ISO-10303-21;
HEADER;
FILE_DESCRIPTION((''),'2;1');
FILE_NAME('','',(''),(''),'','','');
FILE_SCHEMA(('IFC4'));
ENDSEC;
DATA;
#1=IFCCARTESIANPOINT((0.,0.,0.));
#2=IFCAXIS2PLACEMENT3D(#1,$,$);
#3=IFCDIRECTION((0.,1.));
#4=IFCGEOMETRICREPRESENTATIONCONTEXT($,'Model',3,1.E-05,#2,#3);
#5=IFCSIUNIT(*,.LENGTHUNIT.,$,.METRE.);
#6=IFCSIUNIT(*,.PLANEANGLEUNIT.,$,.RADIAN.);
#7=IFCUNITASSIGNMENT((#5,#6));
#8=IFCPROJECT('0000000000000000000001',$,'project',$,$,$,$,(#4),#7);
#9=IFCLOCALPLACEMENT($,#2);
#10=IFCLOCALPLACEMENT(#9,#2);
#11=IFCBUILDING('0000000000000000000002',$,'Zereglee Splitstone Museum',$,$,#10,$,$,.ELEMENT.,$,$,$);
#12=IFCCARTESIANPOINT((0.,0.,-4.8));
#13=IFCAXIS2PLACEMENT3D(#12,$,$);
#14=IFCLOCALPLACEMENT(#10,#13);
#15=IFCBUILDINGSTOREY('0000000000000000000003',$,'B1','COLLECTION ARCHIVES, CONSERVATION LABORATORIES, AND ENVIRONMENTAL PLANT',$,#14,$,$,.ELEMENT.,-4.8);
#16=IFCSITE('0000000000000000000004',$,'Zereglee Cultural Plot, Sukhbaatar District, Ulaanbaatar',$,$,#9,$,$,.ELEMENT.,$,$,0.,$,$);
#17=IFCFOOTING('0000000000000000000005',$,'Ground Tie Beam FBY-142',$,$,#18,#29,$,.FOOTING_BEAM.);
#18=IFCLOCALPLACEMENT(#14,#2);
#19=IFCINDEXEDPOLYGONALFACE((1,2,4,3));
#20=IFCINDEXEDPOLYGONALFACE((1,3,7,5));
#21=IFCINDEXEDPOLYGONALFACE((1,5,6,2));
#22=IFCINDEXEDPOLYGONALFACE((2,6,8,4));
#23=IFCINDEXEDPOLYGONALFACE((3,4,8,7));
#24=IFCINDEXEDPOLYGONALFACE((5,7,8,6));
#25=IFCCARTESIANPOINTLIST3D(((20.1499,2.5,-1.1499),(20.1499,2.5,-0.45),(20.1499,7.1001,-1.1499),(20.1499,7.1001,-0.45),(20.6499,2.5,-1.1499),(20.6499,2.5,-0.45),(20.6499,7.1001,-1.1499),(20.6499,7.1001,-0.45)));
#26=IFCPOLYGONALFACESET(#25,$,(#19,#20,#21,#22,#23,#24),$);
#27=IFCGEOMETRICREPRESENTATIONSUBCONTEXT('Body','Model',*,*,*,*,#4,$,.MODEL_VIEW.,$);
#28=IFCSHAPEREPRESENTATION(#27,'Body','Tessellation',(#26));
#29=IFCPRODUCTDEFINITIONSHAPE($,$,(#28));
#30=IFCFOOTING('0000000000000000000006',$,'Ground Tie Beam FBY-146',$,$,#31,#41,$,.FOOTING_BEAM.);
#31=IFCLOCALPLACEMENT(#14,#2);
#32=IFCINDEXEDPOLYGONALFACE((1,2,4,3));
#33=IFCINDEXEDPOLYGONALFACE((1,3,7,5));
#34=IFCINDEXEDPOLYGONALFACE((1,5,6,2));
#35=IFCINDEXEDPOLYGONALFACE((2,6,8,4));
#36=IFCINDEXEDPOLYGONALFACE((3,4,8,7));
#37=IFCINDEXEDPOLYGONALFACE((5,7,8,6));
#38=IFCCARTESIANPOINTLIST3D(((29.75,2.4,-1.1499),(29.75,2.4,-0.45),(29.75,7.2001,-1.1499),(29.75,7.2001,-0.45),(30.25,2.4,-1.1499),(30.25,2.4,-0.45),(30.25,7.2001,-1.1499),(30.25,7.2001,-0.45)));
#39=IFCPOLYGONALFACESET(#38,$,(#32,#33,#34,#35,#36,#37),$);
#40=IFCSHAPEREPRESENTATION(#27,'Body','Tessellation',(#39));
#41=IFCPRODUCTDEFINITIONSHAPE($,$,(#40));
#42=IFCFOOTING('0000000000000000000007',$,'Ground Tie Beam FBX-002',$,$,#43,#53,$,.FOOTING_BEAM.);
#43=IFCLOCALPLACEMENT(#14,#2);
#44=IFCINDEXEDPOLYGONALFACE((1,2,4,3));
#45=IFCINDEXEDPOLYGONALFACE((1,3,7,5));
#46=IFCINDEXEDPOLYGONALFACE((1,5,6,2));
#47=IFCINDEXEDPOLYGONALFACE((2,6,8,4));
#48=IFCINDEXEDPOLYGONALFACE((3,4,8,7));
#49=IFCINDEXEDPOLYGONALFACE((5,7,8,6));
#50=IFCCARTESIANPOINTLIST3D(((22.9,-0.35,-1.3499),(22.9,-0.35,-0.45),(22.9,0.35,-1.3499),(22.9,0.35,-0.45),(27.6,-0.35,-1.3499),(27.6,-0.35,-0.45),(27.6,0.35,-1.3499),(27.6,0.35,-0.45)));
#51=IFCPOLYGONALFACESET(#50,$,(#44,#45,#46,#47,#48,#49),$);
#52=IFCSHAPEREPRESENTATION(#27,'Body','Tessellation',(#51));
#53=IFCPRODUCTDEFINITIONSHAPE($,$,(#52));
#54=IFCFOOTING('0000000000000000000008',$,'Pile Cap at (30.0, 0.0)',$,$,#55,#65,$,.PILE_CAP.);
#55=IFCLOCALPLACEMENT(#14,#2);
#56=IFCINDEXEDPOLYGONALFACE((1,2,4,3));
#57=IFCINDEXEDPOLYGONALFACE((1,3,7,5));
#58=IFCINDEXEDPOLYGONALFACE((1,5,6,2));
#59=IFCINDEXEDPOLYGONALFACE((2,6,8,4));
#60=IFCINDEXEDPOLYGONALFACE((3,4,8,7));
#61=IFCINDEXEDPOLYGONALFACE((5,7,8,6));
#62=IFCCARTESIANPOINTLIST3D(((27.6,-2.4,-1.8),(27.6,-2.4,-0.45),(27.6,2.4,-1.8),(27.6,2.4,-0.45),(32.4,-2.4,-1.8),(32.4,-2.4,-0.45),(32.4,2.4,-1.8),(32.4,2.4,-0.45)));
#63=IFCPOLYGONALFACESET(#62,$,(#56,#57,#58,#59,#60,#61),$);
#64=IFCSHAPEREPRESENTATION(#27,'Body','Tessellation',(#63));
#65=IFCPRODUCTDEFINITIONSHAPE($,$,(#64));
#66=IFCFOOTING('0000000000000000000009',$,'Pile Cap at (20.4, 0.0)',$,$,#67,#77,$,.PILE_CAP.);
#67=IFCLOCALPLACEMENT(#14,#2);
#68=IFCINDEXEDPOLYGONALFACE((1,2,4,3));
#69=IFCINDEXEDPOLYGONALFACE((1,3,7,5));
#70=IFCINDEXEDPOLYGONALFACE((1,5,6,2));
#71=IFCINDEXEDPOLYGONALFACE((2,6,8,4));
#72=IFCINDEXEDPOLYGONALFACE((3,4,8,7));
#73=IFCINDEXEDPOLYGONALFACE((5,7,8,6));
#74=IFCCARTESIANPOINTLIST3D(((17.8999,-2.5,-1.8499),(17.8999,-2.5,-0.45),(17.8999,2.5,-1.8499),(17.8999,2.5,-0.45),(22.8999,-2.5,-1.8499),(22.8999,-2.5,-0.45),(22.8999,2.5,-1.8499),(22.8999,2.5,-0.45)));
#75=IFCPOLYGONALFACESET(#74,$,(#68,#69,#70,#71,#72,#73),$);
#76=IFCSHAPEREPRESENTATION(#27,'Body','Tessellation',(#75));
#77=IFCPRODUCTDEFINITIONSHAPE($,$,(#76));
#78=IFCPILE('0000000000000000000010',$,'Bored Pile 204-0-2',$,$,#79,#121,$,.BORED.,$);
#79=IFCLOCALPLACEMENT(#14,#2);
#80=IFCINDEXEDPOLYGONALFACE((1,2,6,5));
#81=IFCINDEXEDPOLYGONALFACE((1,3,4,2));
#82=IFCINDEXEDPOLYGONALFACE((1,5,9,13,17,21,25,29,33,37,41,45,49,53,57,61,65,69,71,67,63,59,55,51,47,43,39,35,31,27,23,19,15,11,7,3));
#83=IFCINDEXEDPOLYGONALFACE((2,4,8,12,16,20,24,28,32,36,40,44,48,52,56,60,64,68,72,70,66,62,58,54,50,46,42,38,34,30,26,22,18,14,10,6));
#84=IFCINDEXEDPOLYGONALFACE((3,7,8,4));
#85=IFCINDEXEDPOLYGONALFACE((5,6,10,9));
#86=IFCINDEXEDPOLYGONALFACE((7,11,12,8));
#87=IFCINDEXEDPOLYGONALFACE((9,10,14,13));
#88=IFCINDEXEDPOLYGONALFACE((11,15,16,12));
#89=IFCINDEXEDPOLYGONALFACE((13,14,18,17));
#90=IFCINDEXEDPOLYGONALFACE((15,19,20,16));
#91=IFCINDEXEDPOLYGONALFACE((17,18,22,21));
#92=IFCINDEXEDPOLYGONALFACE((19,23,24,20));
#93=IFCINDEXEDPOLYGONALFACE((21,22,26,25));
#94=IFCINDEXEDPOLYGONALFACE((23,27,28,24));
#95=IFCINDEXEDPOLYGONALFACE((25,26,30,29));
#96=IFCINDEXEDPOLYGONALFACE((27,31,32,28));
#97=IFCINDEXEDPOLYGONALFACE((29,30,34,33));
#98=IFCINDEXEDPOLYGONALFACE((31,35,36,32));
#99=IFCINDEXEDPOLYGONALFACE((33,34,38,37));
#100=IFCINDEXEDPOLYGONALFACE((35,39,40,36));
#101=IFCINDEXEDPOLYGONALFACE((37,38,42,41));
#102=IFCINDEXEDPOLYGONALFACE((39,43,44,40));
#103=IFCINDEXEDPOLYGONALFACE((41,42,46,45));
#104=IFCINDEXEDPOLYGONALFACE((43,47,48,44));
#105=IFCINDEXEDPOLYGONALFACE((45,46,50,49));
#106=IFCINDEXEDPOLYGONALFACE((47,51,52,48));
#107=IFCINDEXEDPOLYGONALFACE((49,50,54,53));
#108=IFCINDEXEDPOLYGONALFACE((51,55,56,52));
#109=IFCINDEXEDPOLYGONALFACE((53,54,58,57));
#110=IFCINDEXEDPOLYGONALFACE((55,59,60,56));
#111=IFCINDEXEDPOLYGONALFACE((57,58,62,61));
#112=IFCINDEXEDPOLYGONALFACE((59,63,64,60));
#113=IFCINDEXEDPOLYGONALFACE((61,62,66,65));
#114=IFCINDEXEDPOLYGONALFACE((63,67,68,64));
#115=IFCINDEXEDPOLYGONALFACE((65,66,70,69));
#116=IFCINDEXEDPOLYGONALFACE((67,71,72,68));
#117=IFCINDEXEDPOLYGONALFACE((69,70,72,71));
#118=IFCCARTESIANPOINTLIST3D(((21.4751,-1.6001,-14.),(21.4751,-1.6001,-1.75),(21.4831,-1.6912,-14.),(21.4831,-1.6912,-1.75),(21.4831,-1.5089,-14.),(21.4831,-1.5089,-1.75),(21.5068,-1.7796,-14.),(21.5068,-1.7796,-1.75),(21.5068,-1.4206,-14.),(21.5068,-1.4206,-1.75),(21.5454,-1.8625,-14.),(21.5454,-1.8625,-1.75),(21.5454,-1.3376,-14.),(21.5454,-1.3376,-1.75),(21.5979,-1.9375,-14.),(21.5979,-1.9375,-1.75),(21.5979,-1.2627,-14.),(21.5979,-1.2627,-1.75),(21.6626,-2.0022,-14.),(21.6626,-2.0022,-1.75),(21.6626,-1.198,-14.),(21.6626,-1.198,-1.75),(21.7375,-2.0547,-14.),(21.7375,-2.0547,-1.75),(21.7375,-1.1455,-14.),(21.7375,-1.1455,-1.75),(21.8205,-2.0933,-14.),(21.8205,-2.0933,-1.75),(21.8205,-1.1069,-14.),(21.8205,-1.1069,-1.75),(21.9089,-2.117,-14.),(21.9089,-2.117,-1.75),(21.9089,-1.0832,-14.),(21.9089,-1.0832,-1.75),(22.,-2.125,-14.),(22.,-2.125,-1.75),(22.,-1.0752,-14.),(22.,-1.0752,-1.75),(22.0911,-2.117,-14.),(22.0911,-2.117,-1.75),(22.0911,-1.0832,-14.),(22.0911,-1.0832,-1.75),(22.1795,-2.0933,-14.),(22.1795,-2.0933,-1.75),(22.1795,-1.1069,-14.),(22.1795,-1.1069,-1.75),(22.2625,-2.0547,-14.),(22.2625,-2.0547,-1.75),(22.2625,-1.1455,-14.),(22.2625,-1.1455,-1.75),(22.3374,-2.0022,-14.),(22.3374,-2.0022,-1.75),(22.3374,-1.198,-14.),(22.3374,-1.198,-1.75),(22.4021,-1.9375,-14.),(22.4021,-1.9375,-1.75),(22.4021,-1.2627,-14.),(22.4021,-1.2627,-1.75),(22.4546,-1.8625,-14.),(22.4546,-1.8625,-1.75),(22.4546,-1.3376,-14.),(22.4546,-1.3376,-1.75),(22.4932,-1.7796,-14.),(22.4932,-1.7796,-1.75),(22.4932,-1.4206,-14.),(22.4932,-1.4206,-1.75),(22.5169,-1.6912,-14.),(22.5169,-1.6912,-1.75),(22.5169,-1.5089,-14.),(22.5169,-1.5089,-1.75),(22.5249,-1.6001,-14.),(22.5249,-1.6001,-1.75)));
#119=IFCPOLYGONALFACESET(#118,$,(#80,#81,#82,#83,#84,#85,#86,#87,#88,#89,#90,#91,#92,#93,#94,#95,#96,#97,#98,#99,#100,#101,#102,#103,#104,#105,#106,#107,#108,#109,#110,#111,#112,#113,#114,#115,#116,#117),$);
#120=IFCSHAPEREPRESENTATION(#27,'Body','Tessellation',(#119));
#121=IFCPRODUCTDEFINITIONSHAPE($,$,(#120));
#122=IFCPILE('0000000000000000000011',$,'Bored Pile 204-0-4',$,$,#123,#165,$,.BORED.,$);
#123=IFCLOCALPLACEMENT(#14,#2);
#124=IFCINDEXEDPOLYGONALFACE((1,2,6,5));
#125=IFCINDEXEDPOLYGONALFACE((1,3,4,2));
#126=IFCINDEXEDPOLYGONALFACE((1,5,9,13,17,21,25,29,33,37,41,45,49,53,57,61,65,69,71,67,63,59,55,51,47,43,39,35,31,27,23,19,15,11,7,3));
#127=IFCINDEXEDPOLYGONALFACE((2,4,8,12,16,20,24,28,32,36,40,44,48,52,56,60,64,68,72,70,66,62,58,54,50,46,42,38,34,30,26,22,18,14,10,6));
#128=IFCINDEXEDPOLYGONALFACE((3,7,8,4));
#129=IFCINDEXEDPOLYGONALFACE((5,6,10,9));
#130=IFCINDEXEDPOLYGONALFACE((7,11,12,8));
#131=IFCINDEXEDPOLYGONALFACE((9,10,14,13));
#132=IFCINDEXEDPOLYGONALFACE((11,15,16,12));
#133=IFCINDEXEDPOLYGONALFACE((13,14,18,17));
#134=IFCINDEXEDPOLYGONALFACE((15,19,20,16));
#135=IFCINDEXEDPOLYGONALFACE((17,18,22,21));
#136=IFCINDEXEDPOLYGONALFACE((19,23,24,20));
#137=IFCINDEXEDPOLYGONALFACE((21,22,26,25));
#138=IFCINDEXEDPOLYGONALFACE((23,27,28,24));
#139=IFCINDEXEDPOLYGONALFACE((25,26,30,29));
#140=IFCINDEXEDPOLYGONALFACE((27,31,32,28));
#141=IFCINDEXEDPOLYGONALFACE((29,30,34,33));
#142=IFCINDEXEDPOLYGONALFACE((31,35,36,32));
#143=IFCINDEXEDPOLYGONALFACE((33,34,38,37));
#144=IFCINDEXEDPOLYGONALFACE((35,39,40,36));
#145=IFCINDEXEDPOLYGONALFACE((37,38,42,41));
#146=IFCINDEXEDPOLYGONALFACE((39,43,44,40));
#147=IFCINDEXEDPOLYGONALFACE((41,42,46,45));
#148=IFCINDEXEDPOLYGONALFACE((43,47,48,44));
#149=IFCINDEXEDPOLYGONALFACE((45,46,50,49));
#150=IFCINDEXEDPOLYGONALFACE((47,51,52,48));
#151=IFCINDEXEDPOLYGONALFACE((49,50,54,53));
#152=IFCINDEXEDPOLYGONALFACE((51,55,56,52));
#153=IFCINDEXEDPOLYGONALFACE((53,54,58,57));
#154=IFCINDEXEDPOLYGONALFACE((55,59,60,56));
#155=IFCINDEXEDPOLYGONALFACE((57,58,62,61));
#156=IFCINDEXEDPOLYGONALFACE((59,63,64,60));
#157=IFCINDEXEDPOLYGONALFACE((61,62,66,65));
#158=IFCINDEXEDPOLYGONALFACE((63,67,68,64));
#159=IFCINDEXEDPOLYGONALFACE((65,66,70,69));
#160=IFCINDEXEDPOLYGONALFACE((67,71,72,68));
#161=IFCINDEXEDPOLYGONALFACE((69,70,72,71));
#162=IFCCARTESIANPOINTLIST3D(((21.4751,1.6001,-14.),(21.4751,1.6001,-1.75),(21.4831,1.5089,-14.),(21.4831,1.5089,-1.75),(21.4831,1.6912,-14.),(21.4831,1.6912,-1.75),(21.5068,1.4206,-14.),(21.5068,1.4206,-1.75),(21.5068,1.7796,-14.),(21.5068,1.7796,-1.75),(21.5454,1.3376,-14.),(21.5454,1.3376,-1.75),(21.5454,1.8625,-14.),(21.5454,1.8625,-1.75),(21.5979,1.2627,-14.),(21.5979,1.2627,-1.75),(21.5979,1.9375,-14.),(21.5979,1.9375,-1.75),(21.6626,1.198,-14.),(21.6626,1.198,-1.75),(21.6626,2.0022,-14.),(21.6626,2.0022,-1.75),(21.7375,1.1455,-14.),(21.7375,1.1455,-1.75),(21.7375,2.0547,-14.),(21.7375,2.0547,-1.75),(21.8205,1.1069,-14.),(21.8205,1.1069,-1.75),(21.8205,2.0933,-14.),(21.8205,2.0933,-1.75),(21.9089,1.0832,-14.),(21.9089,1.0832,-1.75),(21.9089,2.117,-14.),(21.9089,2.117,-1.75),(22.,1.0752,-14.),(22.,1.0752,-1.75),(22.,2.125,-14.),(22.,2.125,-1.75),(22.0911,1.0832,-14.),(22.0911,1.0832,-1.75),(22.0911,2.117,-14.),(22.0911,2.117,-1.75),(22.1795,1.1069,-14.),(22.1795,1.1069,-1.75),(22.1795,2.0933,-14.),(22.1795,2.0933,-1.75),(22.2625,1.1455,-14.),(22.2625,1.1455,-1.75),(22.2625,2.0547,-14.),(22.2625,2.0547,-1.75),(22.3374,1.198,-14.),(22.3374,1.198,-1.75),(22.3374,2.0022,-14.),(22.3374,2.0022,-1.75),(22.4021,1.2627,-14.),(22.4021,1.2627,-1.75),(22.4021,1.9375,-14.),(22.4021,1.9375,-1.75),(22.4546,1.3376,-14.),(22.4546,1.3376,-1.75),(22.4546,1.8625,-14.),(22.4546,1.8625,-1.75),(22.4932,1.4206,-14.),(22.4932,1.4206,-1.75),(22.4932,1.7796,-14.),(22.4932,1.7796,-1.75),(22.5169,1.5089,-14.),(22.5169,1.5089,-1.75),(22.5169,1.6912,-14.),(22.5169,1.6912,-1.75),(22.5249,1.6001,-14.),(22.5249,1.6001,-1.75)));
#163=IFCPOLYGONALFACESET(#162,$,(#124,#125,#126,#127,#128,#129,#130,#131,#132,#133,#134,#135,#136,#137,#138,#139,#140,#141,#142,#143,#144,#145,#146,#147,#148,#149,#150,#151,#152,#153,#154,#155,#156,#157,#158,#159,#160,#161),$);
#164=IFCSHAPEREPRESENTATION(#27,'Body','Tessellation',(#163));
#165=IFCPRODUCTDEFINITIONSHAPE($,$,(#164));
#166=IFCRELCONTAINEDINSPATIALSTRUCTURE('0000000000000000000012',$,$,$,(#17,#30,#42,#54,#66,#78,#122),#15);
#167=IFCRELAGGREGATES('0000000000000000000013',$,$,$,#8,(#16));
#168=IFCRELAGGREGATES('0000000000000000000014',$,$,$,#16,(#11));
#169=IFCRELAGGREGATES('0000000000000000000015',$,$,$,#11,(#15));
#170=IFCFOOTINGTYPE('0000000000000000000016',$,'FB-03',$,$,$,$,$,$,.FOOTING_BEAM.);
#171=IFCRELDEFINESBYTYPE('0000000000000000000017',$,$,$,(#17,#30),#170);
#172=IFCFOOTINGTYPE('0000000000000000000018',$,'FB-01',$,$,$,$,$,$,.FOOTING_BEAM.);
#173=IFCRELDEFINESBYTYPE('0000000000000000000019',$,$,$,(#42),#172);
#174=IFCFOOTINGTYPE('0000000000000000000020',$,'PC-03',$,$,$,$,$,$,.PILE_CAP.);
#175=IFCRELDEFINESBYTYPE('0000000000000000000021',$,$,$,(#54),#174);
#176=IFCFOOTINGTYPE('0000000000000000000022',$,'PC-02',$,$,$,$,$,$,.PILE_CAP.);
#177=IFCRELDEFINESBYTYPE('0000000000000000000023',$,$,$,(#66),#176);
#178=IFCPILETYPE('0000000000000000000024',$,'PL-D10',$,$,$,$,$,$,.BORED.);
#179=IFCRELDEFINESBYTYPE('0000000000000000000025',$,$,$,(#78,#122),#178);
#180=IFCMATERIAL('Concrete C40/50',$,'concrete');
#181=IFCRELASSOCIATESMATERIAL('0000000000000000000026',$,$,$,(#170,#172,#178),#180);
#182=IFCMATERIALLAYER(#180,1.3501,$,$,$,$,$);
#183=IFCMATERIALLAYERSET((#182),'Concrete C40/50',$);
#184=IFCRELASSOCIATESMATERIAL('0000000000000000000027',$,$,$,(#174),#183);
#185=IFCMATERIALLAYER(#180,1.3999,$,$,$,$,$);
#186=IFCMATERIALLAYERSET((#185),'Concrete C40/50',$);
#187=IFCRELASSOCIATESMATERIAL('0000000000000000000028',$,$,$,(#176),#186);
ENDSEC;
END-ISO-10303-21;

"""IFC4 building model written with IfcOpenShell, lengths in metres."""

from ifc_helpers import new_model, si_unit, direction, frame, origin, origin_2d, place, context, subcontext, project, spatial, rectangle, circle, extrude, material, layer, layer_set, material_profile, profile_set, type_object, element, save


model = new_model("IFC4")

# Units and contexts
model_context = context("Model", 3, precision=1e-05, world=origin(), true_north=direction((0.0, 1.0)))
body_context = subcontext(model_context, "Body", "Model", "MODEL_VIEW")
ifc_project = project(units=[si_unit("LENGTHUNIT", "METRE"), si_unit("PLANEANGLEUNIT", "RADIAN")], contexts=[model_context])

# Site, building, storey
site_placement = place(None, origin())
site = spatial("IfcSite", under=ifc_project, at=site_placement, Name="Zereglee Cultural Plot, Sukhbaatar District, Ulaanbaatar", CompositionType="ELEMENT", RefElevation=0.0)
building_placement = place(site_placement, origin())
building = spatial("IfcBuilding", under=site, at=building_placement, Name="Zereglee Splitstone Museum", CompositionType="ELEMENT")
storey_placement = place(building_placement, frame((0.0, 0.0, -4.8)))
storey = spatial("IfcBuildingStorey", under=building, at=storey_placement, Name="B1", Description="COLLECTION ARCHIVES, CONSERVATION LABORATORIES, AND ENVIRONMENTAL PLANT", CompositionType="ELEMENT", Elevation=-4.8)

# Footings
ifc_material_1 = material(Name="Concrete C40/50", Category="concrete")
footing_type_1 = type_object("IfcFootingType", Name="FB-03", PredefinedType="FOOTING_BEAM", material=ifc_material_1)
footing_1_placement = place(storey_placement, frame((20.3999, 4.8, -1.1499), z_axis=(0.0, 0.0, 1.0), x_axis=(0.0, 1.0, 0.0)))
element("IfcFooting", 1, at=footing_1_placement, inside=storey, type_object=footing_type_1, Name="Ground Tie Beam FBY-142", PredefinedType="FOOTING_BEAM", context=body_context, shape_type="SweptSolid", body=[
    extrude(rectangle(XDim=4.6001, YDim=0.5, at=origin_2d()), origin(), (0.0, 0.0, 1.0), 0.7),
])
footing_2_placement = place(storey_placement, frame((30.0, 4.8, -1.1499), z_axis=(0.0, 0.0, 1.0), x_axis=(0.0, 1.0, 0.0)))
element("IfcFooting", 2, at=footing_2_placement, inside=storey, type_object=footing_type_1, Name="Ground Tie Beam FBY-146", PredefinedType="FOOTING_BEAM", context=body_context, shape_type="SweptSolid", body=[
    extrude(rectangle(XDim=4.8, YDim=0.5, at=origin_2d()), origin(), (0.0, 0.0, 1.0), 0.7),
])
footing_type_2 = type_object("IfcFootingType", Name="FB-01", PredefinedType="FOOTING_BEAM", material=ifc_material_1)
footing_3_placement = place(storey_placement, frame((25.25, 0.0, -1.3499), z_axis=(0.0, 0.0, 1.0), x_axis=(1.0, 0.0, 0.0)))
element("IfcFooting", 3, at=footing_3_placement, inside=storey, type_object=footing_type_2, Name="Ground Tie Beam FBX-002", PredefinedType="FOOTING_BEAM", context=body_context, shape_type="SweptSolid", body=[
    extrude(rectangle(XDim=4.7, YDim=0.7, at=origin_2d()), origin(), (0.0, 0.0, 1.0), 0.8999),
])
ifc_layer_1 = layer(ifc_material_1, 1.3501)
ifc_layer_set_1 = layer_set([ifc_layer_1], Name="Concrete C40/50")
footing_type_3 = type_object("IfcFootingType", Name="PC-03", PredefinedType="PILE_CAP", material=ifc_layer_set_1)
footing_4_placement = place(storey_placement, frame((30.0, 0.0, -1.8), z_axis=(0.0, 0.0, 1.0), x_axis=(1.0, 0.0, 0.0)))
element("IfcFooting", 4, at=footing_4_placement, inside=storey, type_object=footing_type_3, Name="Pile Cap at (30.0, 0.0)", PredefinedType="PILE_CAP", context=body_context, shape_type="SweptSolid", body=[
    extrude(rectangle(XDim=4.8, YDim=4.8, at=origin_2d()), origin(), (0.0, 0.0, 1.0), 1.3501),
])
ifc_layer_2 = layer(ifc_material_1, 1.3999)
ifc_layer_set_2 = layer_set([ifc_layer_2], Name="Concrete C40/50")
footing_type_4 = type_object("IfcFootingType", Name="PC-02", PredefinedType="PILE_CAP", material=ifc_layer_set_2)
footing_5_placement = place(storey_placement, frame((20.3999, 0.0, -1.8499), z_axis=(0.0, 0.0, 1.0), x_axis=(1.0, 0.0, 0.0)))
element("IfcFooting", 5, at=footing_5_placement, inside=storey, type_object=footing_type_4, Name="Pile Cap at (20.4, 0.0)", PredefinedType="PILE_CAP", context=body_context, shape_type="SweptSolid", body=[
    extrude(rectangle(XDim=5.0, YDim=5.0, at=origin_2d()), origin(), (0.0, 0.0, 1.0), 1.3999),
])

# Piles
ifc_material_profile_1 = material_profile(ifc_material_1, circle(Radius=0.5249, at=origin_2d()), Name="PILE D1050")
ifc_profile_set_1 = profile_set([ifc_material_profile_1], Name="Concrete C40/50")
pile_type = type_object("IfcPileType", Name="PL-D10", PredefinedType="BORED", material=ifc_profile_set_1)
for number, where, z_axis, x_axis, name in (
    (6, (22.0, -1.6001, -1.75), (0.0, 0.0, -1.0), (1.0, 0.0, 0.0), "Bored Pile 204-0-2"),
    (7, (22.0, 1.6001, -1.75), (0.0, 0.0, -1.0), (1.0, 0.0, 0.0), "Bored Pile 204-0-4"),
):
    element("IfcPile", number, at=place(storey_placement, frame(where, z_axis=z_axis, x_axis=x_axis)), inside=storey, type_object=pile_type, Name=name, PredefinedType="BORED", context=body_context, shape_type="SweptSolid", body=[
        extrude(circle(Radius=0.5249, at=origin_2d()), origin(), (0.0, 0.0, 1.0), 12.25),
    ])

save(model, "model.ifc")
